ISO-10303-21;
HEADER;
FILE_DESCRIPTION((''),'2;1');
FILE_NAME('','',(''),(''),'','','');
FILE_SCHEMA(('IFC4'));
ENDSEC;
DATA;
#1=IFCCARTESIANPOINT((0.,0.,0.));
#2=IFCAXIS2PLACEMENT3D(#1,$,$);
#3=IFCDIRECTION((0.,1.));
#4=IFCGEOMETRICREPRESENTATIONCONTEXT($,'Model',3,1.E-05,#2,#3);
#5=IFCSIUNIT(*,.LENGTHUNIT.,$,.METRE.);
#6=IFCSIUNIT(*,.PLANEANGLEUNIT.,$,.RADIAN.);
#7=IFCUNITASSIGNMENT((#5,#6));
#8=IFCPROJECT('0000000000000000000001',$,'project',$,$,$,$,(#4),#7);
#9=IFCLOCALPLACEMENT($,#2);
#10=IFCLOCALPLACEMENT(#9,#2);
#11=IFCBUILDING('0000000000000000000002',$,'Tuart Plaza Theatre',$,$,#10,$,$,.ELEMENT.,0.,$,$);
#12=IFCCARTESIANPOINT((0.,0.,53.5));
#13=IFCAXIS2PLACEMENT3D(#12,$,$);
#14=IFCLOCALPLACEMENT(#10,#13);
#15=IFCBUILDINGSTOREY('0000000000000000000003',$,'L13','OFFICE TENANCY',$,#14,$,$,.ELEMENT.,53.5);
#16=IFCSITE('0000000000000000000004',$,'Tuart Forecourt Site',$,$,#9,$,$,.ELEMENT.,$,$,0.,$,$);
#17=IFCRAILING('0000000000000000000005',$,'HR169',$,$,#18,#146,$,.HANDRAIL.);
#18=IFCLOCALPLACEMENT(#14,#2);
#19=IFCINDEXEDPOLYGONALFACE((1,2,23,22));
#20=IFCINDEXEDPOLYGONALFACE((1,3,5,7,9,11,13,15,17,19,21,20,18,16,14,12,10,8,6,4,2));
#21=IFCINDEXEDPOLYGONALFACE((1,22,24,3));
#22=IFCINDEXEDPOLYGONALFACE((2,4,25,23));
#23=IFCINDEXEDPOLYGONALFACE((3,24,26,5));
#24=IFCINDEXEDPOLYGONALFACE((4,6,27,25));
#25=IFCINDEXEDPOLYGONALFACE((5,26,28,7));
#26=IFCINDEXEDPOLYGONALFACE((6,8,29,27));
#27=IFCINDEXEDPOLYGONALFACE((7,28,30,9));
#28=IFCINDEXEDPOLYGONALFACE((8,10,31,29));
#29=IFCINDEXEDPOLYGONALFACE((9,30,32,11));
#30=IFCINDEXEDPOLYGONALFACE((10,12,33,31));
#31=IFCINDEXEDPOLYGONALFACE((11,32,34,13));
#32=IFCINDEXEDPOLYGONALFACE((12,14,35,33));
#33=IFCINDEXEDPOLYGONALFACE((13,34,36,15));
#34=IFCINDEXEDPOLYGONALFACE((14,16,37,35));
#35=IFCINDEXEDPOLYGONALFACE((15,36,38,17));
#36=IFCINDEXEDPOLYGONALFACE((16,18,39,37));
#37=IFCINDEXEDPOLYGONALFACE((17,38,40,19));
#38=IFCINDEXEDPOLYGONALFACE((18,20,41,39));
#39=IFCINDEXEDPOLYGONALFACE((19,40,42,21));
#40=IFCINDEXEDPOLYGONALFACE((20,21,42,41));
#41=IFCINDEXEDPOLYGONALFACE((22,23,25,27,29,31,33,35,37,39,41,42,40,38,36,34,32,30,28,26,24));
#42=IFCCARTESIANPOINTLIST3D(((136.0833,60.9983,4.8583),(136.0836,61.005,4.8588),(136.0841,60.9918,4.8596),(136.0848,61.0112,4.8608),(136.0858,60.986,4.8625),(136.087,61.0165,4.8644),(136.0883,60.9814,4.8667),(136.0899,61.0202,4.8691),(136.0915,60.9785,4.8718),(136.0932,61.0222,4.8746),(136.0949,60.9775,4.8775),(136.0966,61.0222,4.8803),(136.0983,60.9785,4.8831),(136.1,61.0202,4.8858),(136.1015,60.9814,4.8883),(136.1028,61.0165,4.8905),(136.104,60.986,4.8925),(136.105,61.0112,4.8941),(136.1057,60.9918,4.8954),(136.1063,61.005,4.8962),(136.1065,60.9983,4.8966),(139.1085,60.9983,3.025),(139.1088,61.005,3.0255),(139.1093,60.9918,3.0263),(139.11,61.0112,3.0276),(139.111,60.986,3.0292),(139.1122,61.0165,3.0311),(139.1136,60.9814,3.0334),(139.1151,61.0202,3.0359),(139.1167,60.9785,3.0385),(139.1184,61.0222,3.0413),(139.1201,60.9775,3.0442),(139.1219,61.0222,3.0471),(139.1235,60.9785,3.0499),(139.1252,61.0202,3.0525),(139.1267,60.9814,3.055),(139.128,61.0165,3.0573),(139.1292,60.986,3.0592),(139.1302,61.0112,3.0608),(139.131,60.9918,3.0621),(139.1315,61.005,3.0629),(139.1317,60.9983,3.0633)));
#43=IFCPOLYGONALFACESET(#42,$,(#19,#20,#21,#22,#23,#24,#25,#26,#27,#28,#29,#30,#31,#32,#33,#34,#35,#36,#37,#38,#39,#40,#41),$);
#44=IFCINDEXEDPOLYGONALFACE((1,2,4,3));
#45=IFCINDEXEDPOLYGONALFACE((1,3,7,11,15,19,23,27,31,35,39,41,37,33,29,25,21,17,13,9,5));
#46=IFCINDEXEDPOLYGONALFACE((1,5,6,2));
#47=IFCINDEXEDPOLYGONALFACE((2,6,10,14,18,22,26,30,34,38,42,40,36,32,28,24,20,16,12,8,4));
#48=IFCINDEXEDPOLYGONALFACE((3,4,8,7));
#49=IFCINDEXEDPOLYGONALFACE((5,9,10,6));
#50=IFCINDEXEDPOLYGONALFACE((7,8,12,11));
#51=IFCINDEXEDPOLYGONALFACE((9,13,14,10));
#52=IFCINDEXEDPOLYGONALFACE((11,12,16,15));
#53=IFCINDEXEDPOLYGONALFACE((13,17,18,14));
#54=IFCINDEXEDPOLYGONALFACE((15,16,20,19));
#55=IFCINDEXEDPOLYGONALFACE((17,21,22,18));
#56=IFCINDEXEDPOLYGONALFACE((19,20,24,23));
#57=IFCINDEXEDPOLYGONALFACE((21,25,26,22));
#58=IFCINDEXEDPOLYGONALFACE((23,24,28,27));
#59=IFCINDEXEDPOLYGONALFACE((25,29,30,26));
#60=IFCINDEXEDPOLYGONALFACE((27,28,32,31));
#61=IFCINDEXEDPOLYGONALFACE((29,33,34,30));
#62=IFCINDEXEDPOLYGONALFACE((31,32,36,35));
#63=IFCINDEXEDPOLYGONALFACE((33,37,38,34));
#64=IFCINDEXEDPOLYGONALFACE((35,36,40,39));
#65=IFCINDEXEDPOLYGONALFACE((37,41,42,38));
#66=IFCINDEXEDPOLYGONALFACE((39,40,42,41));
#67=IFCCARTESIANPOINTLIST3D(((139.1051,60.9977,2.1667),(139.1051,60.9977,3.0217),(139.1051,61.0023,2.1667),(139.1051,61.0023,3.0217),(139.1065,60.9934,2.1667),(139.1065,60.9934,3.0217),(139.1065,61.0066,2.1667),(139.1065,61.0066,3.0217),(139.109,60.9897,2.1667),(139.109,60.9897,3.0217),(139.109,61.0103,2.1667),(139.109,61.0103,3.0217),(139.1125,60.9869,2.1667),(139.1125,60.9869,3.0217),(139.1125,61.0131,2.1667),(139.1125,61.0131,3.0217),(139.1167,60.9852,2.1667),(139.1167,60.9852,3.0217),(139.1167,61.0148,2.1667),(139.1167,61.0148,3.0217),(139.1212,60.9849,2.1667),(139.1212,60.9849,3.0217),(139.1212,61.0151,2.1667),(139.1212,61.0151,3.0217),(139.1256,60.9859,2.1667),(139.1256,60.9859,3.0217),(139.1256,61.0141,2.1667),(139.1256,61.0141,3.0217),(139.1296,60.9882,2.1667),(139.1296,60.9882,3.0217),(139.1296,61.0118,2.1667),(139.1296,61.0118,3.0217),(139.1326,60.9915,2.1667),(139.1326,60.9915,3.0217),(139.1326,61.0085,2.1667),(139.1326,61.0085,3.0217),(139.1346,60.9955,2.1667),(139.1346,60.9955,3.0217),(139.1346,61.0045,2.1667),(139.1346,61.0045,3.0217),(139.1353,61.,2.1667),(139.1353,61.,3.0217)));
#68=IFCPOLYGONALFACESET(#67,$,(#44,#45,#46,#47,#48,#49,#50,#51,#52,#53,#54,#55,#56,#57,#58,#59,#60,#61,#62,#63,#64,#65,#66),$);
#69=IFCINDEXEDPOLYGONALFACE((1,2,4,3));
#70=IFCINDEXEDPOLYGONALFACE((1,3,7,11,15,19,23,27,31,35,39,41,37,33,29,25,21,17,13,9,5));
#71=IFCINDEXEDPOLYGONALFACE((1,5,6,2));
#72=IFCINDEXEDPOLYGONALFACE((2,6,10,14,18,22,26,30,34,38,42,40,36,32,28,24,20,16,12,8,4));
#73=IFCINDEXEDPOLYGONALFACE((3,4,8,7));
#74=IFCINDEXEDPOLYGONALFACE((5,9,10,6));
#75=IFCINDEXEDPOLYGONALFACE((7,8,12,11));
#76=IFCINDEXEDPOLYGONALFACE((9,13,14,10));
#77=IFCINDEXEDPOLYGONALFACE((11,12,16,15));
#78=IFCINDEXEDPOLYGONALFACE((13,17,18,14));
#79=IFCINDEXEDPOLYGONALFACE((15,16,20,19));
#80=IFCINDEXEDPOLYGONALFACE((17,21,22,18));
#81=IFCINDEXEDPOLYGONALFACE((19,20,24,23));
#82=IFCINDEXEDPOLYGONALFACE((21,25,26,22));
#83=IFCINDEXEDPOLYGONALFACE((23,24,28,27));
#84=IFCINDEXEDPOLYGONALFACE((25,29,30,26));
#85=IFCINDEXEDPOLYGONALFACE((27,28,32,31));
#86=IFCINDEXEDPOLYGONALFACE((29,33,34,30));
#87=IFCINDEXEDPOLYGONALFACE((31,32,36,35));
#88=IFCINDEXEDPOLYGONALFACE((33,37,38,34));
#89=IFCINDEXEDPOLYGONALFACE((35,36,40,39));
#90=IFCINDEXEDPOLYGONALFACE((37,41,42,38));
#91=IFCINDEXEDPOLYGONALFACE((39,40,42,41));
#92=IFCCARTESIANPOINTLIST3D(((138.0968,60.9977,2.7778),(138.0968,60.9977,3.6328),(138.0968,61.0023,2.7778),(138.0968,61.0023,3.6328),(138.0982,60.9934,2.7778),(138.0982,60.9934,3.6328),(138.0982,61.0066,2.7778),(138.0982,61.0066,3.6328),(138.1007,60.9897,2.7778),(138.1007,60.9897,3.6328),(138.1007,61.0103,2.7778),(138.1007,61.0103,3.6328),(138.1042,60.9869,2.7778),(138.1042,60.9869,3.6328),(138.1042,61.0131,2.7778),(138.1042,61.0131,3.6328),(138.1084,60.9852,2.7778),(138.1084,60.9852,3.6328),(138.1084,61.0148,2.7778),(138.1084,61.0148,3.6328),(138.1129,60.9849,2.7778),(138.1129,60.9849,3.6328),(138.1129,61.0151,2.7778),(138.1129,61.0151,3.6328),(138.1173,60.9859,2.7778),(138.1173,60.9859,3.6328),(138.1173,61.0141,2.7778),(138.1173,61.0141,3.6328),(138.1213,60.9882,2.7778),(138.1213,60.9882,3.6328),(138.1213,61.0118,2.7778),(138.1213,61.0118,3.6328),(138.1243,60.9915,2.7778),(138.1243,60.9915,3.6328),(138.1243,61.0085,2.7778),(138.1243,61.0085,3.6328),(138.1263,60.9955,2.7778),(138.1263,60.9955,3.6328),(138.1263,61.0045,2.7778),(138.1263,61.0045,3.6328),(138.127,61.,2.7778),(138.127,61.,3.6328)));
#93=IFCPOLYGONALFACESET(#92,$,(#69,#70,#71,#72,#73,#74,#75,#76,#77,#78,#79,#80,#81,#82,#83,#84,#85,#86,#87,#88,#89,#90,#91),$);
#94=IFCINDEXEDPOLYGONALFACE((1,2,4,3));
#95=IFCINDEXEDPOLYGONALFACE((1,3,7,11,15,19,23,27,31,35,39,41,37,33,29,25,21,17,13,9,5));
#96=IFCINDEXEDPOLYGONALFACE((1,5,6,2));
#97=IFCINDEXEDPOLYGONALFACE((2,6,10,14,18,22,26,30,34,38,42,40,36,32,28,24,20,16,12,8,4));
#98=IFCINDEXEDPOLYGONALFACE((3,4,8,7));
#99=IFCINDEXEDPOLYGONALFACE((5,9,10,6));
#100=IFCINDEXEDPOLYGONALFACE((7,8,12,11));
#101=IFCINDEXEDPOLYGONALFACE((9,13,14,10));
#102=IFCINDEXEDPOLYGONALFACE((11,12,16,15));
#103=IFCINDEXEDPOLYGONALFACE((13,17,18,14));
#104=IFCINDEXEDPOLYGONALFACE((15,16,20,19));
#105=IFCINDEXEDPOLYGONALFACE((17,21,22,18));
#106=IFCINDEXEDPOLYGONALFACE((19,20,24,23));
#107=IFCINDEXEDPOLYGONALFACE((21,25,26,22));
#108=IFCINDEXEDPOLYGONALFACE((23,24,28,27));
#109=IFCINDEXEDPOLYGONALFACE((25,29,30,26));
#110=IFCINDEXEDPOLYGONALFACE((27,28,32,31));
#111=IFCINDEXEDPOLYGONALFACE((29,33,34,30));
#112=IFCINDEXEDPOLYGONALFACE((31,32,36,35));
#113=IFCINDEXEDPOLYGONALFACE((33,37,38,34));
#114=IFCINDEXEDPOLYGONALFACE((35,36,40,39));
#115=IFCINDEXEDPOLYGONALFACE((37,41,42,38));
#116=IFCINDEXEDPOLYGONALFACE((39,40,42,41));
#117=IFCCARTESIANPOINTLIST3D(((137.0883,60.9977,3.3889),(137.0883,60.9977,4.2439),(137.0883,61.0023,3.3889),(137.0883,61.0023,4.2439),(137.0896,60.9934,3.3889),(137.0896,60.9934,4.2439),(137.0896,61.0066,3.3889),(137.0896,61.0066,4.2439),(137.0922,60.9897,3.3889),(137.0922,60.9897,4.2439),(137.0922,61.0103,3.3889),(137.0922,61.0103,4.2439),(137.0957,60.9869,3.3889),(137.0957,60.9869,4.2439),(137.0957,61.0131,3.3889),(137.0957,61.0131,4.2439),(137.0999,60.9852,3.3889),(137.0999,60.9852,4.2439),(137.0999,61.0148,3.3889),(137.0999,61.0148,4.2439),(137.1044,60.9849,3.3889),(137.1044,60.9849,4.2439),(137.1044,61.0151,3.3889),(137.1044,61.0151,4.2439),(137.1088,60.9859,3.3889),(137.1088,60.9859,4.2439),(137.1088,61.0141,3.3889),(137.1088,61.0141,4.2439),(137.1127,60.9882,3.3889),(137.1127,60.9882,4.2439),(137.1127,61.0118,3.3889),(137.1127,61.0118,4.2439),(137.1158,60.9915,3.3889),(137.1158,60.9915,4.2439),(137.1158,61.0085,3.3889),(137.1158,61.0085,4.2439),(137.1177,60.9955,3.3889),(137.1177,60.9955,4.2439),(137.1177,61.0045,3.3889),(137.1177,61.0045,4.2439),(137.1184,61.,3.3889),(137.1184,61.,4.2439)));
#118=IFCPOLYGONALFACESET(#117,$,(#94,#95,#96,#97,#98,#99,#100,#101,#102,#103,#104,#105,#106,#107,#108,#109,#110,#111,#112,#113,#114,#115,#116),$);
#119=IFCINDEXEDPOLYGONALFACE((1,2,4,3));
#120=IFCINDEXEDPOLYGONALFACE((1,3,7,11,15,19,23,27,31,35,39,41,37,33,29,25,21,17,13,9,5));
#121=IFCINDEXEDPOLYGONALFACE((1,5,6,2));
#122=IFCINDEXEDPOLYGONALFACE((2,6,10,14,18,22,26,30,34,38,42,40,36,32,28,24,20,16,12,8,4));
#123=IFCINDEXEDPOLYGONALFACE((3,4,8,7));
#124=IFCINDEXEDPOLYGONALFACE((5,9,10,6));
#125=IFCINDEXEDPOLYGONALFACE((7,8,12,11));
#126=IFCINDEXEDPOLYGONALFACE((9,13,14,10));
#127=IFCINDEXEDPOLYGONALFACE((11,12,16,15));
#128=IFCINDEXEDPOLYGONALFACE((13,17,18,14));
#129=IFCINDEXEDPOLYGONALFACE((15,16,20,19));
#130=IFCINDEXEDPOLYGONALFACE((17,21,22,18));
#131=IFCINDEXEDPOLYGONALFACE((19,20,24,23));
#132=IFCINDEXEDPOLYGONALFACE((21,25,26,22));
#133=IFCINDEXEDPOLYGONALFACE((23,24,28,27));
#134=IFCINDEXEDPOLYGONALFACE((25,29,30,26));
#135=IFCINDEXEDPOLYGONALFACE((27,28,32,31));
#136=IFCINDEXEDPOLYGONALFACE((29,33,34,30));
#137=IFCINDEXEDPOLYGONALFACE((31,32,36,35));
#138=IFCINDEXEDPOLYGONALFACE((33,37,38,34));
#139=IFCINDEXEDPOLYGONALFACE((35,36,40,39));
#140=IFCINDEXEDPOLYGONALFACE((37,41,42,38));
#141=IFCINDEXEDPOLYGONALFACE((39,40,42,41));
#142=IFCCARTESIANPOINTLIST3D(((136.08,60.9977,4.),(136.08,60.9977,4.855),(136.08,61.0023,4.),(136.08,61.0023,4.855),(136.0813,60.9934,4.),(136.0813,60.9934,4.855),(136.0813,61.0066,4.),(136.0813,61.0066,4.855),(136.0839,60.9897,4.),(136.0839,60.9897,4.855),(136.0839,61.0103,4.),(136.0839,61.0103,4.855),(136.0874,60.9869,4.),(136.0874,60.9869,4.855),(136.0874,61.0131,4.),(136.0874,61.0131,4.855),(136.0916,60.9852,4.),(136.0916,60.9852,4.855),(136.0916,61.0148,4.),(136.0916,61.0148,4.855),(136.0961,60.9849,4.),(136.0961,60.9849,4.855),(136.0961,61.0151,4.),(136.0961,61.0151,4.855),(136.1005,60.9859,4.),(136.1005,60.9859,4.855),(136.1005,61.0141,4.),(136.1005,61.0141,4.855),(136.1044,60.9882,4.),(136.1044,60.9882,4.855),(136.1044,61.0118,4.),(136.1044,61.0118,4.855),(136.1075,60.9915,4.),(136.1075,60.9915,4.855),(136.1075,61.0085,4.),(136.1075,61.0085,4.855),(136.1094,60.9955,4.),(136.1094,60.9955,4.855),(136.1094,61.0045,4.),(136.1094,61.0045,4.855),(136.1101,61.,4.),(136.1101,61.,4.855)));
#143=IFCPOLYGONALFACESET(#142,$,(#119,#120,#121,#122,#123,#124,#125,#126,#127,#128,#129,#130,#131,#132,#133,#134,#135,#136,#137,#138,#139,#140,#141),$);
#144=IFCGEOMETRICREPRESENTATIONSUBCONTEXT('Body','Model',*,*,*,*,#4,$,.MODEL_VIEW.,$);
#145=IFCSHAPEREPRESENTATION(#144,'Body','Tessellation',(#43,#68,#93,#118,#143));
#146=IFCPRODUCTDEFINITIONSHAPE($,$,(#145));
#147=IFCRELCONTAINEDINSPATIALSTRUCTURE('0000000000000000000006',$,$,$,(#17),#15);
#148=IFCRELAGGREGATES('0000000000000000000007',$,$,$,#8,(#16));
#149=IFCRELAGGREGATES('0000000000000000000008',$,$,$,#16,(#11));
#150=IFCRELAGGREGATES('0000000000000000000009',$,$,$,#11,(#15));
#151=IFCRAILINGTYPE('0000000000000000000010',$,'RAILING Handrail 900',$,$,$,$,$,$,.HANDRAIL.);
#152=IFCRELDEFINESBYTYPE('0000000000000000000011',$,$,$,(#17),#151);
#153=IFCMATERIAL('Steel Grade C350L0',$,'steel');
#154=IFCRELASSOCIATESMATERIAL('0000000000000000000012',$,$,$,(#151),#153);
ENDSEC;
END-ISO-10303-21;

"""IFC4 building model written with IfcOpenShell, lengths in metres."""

from ifc_helpers import new_model, si_unit, direction, frame, origin, origin_2d, place, context, subcontext, project, spatial, circle, extrude, material, type_object, element, save


model = new_model("IFC4")

# Units and contexts
model_context = context("Model", 3, precision=1e-05, world=origin(), true_north=direction((0.0, 1.0)))
body_context = subcontext(model_context, "Body", "Model", "MODEL_VIEW")
ifc_project = project(units=[si_unit("LENGTHUNIT", "METRE"), si_unit("PLANEANGLEUNIT", "RADIAN")], contexts=[model_context])

# Site, building, storey
site_placement = place(None, origin())
site = spatial("IfcSite", under=ifc_project, at=site_placement, Name="Tuart Forecourt Site", CompositionType="ELEMENT", RefElevation=0.0)
building_placement = place(site_placement, origin())
building = spatial("IfcBuilding", under=site, at=building_placement, Name="Tuart Plaza Theatre", CompositionType="ELEMENT", ElevationOfRefHeight=0.0)
storey_placement = place(building_placement, frame((0.0, 0.0, 53.5)))
storey = spatial("IfcBuildingStorey", under=building, at=storey_placement, Name="L13", Description="OFFICE TENANCY", CompositionType="ELEMENT", Elevation=53.5)

# Railing
ifc_material_1 = material(Name="Steel Grade C350L0", Category="steel")
railing_type_1 = type_object("IfcRailingType", Name="RAILING Handrail 900", PredefinedType="HANDRAIL", material=ifc_material_1)
for number, where, name in (
    (1, (139.1201, 61.0, 2.1667), "HR169"),
):
    element("IfcRailing", number, at=place(storey_placement, frame(where)), inside=storey, type_object=railing_type_1, Name=name, PredefinedType="HANDRAIL", context=body_context, shape_type="SweptSolid", body=[
        extrude(circle(Radius=0.0225, at=origin_2d()), frame((0.0, 0.0, 0.8774), z_axis=(-0.855219, 0.0, 0.518267), x_axis=(0.0, -1.0, 0.0)), (0.0, 0.0, 1.0), 3.5374),
        extrude(circle(Radius=0.0151, at=origin_2d()), origin(), (0.0, 0.0, 1.0), 0.855),
        extrude(circle(Radius=0.0151, at=origin_2d()), frame((-1.0083, 0.0, 0.6111)), (0.0, 0.0, 1.0), 0.855),
        extrude(circle(Radius=0.0151, at=origin_2d()), frame((-2.0168, 0.0, 1.2222)), (0.0, 0.0, 1.0), 0.855),
        extrude(circle(Radius=0.0151, at=origin_2d()), frame((-3.0251, 0.0, 1.8333)), (0.0, 0.0, 1.0), 0.855),
    ])

save(model, "model.ifc")
